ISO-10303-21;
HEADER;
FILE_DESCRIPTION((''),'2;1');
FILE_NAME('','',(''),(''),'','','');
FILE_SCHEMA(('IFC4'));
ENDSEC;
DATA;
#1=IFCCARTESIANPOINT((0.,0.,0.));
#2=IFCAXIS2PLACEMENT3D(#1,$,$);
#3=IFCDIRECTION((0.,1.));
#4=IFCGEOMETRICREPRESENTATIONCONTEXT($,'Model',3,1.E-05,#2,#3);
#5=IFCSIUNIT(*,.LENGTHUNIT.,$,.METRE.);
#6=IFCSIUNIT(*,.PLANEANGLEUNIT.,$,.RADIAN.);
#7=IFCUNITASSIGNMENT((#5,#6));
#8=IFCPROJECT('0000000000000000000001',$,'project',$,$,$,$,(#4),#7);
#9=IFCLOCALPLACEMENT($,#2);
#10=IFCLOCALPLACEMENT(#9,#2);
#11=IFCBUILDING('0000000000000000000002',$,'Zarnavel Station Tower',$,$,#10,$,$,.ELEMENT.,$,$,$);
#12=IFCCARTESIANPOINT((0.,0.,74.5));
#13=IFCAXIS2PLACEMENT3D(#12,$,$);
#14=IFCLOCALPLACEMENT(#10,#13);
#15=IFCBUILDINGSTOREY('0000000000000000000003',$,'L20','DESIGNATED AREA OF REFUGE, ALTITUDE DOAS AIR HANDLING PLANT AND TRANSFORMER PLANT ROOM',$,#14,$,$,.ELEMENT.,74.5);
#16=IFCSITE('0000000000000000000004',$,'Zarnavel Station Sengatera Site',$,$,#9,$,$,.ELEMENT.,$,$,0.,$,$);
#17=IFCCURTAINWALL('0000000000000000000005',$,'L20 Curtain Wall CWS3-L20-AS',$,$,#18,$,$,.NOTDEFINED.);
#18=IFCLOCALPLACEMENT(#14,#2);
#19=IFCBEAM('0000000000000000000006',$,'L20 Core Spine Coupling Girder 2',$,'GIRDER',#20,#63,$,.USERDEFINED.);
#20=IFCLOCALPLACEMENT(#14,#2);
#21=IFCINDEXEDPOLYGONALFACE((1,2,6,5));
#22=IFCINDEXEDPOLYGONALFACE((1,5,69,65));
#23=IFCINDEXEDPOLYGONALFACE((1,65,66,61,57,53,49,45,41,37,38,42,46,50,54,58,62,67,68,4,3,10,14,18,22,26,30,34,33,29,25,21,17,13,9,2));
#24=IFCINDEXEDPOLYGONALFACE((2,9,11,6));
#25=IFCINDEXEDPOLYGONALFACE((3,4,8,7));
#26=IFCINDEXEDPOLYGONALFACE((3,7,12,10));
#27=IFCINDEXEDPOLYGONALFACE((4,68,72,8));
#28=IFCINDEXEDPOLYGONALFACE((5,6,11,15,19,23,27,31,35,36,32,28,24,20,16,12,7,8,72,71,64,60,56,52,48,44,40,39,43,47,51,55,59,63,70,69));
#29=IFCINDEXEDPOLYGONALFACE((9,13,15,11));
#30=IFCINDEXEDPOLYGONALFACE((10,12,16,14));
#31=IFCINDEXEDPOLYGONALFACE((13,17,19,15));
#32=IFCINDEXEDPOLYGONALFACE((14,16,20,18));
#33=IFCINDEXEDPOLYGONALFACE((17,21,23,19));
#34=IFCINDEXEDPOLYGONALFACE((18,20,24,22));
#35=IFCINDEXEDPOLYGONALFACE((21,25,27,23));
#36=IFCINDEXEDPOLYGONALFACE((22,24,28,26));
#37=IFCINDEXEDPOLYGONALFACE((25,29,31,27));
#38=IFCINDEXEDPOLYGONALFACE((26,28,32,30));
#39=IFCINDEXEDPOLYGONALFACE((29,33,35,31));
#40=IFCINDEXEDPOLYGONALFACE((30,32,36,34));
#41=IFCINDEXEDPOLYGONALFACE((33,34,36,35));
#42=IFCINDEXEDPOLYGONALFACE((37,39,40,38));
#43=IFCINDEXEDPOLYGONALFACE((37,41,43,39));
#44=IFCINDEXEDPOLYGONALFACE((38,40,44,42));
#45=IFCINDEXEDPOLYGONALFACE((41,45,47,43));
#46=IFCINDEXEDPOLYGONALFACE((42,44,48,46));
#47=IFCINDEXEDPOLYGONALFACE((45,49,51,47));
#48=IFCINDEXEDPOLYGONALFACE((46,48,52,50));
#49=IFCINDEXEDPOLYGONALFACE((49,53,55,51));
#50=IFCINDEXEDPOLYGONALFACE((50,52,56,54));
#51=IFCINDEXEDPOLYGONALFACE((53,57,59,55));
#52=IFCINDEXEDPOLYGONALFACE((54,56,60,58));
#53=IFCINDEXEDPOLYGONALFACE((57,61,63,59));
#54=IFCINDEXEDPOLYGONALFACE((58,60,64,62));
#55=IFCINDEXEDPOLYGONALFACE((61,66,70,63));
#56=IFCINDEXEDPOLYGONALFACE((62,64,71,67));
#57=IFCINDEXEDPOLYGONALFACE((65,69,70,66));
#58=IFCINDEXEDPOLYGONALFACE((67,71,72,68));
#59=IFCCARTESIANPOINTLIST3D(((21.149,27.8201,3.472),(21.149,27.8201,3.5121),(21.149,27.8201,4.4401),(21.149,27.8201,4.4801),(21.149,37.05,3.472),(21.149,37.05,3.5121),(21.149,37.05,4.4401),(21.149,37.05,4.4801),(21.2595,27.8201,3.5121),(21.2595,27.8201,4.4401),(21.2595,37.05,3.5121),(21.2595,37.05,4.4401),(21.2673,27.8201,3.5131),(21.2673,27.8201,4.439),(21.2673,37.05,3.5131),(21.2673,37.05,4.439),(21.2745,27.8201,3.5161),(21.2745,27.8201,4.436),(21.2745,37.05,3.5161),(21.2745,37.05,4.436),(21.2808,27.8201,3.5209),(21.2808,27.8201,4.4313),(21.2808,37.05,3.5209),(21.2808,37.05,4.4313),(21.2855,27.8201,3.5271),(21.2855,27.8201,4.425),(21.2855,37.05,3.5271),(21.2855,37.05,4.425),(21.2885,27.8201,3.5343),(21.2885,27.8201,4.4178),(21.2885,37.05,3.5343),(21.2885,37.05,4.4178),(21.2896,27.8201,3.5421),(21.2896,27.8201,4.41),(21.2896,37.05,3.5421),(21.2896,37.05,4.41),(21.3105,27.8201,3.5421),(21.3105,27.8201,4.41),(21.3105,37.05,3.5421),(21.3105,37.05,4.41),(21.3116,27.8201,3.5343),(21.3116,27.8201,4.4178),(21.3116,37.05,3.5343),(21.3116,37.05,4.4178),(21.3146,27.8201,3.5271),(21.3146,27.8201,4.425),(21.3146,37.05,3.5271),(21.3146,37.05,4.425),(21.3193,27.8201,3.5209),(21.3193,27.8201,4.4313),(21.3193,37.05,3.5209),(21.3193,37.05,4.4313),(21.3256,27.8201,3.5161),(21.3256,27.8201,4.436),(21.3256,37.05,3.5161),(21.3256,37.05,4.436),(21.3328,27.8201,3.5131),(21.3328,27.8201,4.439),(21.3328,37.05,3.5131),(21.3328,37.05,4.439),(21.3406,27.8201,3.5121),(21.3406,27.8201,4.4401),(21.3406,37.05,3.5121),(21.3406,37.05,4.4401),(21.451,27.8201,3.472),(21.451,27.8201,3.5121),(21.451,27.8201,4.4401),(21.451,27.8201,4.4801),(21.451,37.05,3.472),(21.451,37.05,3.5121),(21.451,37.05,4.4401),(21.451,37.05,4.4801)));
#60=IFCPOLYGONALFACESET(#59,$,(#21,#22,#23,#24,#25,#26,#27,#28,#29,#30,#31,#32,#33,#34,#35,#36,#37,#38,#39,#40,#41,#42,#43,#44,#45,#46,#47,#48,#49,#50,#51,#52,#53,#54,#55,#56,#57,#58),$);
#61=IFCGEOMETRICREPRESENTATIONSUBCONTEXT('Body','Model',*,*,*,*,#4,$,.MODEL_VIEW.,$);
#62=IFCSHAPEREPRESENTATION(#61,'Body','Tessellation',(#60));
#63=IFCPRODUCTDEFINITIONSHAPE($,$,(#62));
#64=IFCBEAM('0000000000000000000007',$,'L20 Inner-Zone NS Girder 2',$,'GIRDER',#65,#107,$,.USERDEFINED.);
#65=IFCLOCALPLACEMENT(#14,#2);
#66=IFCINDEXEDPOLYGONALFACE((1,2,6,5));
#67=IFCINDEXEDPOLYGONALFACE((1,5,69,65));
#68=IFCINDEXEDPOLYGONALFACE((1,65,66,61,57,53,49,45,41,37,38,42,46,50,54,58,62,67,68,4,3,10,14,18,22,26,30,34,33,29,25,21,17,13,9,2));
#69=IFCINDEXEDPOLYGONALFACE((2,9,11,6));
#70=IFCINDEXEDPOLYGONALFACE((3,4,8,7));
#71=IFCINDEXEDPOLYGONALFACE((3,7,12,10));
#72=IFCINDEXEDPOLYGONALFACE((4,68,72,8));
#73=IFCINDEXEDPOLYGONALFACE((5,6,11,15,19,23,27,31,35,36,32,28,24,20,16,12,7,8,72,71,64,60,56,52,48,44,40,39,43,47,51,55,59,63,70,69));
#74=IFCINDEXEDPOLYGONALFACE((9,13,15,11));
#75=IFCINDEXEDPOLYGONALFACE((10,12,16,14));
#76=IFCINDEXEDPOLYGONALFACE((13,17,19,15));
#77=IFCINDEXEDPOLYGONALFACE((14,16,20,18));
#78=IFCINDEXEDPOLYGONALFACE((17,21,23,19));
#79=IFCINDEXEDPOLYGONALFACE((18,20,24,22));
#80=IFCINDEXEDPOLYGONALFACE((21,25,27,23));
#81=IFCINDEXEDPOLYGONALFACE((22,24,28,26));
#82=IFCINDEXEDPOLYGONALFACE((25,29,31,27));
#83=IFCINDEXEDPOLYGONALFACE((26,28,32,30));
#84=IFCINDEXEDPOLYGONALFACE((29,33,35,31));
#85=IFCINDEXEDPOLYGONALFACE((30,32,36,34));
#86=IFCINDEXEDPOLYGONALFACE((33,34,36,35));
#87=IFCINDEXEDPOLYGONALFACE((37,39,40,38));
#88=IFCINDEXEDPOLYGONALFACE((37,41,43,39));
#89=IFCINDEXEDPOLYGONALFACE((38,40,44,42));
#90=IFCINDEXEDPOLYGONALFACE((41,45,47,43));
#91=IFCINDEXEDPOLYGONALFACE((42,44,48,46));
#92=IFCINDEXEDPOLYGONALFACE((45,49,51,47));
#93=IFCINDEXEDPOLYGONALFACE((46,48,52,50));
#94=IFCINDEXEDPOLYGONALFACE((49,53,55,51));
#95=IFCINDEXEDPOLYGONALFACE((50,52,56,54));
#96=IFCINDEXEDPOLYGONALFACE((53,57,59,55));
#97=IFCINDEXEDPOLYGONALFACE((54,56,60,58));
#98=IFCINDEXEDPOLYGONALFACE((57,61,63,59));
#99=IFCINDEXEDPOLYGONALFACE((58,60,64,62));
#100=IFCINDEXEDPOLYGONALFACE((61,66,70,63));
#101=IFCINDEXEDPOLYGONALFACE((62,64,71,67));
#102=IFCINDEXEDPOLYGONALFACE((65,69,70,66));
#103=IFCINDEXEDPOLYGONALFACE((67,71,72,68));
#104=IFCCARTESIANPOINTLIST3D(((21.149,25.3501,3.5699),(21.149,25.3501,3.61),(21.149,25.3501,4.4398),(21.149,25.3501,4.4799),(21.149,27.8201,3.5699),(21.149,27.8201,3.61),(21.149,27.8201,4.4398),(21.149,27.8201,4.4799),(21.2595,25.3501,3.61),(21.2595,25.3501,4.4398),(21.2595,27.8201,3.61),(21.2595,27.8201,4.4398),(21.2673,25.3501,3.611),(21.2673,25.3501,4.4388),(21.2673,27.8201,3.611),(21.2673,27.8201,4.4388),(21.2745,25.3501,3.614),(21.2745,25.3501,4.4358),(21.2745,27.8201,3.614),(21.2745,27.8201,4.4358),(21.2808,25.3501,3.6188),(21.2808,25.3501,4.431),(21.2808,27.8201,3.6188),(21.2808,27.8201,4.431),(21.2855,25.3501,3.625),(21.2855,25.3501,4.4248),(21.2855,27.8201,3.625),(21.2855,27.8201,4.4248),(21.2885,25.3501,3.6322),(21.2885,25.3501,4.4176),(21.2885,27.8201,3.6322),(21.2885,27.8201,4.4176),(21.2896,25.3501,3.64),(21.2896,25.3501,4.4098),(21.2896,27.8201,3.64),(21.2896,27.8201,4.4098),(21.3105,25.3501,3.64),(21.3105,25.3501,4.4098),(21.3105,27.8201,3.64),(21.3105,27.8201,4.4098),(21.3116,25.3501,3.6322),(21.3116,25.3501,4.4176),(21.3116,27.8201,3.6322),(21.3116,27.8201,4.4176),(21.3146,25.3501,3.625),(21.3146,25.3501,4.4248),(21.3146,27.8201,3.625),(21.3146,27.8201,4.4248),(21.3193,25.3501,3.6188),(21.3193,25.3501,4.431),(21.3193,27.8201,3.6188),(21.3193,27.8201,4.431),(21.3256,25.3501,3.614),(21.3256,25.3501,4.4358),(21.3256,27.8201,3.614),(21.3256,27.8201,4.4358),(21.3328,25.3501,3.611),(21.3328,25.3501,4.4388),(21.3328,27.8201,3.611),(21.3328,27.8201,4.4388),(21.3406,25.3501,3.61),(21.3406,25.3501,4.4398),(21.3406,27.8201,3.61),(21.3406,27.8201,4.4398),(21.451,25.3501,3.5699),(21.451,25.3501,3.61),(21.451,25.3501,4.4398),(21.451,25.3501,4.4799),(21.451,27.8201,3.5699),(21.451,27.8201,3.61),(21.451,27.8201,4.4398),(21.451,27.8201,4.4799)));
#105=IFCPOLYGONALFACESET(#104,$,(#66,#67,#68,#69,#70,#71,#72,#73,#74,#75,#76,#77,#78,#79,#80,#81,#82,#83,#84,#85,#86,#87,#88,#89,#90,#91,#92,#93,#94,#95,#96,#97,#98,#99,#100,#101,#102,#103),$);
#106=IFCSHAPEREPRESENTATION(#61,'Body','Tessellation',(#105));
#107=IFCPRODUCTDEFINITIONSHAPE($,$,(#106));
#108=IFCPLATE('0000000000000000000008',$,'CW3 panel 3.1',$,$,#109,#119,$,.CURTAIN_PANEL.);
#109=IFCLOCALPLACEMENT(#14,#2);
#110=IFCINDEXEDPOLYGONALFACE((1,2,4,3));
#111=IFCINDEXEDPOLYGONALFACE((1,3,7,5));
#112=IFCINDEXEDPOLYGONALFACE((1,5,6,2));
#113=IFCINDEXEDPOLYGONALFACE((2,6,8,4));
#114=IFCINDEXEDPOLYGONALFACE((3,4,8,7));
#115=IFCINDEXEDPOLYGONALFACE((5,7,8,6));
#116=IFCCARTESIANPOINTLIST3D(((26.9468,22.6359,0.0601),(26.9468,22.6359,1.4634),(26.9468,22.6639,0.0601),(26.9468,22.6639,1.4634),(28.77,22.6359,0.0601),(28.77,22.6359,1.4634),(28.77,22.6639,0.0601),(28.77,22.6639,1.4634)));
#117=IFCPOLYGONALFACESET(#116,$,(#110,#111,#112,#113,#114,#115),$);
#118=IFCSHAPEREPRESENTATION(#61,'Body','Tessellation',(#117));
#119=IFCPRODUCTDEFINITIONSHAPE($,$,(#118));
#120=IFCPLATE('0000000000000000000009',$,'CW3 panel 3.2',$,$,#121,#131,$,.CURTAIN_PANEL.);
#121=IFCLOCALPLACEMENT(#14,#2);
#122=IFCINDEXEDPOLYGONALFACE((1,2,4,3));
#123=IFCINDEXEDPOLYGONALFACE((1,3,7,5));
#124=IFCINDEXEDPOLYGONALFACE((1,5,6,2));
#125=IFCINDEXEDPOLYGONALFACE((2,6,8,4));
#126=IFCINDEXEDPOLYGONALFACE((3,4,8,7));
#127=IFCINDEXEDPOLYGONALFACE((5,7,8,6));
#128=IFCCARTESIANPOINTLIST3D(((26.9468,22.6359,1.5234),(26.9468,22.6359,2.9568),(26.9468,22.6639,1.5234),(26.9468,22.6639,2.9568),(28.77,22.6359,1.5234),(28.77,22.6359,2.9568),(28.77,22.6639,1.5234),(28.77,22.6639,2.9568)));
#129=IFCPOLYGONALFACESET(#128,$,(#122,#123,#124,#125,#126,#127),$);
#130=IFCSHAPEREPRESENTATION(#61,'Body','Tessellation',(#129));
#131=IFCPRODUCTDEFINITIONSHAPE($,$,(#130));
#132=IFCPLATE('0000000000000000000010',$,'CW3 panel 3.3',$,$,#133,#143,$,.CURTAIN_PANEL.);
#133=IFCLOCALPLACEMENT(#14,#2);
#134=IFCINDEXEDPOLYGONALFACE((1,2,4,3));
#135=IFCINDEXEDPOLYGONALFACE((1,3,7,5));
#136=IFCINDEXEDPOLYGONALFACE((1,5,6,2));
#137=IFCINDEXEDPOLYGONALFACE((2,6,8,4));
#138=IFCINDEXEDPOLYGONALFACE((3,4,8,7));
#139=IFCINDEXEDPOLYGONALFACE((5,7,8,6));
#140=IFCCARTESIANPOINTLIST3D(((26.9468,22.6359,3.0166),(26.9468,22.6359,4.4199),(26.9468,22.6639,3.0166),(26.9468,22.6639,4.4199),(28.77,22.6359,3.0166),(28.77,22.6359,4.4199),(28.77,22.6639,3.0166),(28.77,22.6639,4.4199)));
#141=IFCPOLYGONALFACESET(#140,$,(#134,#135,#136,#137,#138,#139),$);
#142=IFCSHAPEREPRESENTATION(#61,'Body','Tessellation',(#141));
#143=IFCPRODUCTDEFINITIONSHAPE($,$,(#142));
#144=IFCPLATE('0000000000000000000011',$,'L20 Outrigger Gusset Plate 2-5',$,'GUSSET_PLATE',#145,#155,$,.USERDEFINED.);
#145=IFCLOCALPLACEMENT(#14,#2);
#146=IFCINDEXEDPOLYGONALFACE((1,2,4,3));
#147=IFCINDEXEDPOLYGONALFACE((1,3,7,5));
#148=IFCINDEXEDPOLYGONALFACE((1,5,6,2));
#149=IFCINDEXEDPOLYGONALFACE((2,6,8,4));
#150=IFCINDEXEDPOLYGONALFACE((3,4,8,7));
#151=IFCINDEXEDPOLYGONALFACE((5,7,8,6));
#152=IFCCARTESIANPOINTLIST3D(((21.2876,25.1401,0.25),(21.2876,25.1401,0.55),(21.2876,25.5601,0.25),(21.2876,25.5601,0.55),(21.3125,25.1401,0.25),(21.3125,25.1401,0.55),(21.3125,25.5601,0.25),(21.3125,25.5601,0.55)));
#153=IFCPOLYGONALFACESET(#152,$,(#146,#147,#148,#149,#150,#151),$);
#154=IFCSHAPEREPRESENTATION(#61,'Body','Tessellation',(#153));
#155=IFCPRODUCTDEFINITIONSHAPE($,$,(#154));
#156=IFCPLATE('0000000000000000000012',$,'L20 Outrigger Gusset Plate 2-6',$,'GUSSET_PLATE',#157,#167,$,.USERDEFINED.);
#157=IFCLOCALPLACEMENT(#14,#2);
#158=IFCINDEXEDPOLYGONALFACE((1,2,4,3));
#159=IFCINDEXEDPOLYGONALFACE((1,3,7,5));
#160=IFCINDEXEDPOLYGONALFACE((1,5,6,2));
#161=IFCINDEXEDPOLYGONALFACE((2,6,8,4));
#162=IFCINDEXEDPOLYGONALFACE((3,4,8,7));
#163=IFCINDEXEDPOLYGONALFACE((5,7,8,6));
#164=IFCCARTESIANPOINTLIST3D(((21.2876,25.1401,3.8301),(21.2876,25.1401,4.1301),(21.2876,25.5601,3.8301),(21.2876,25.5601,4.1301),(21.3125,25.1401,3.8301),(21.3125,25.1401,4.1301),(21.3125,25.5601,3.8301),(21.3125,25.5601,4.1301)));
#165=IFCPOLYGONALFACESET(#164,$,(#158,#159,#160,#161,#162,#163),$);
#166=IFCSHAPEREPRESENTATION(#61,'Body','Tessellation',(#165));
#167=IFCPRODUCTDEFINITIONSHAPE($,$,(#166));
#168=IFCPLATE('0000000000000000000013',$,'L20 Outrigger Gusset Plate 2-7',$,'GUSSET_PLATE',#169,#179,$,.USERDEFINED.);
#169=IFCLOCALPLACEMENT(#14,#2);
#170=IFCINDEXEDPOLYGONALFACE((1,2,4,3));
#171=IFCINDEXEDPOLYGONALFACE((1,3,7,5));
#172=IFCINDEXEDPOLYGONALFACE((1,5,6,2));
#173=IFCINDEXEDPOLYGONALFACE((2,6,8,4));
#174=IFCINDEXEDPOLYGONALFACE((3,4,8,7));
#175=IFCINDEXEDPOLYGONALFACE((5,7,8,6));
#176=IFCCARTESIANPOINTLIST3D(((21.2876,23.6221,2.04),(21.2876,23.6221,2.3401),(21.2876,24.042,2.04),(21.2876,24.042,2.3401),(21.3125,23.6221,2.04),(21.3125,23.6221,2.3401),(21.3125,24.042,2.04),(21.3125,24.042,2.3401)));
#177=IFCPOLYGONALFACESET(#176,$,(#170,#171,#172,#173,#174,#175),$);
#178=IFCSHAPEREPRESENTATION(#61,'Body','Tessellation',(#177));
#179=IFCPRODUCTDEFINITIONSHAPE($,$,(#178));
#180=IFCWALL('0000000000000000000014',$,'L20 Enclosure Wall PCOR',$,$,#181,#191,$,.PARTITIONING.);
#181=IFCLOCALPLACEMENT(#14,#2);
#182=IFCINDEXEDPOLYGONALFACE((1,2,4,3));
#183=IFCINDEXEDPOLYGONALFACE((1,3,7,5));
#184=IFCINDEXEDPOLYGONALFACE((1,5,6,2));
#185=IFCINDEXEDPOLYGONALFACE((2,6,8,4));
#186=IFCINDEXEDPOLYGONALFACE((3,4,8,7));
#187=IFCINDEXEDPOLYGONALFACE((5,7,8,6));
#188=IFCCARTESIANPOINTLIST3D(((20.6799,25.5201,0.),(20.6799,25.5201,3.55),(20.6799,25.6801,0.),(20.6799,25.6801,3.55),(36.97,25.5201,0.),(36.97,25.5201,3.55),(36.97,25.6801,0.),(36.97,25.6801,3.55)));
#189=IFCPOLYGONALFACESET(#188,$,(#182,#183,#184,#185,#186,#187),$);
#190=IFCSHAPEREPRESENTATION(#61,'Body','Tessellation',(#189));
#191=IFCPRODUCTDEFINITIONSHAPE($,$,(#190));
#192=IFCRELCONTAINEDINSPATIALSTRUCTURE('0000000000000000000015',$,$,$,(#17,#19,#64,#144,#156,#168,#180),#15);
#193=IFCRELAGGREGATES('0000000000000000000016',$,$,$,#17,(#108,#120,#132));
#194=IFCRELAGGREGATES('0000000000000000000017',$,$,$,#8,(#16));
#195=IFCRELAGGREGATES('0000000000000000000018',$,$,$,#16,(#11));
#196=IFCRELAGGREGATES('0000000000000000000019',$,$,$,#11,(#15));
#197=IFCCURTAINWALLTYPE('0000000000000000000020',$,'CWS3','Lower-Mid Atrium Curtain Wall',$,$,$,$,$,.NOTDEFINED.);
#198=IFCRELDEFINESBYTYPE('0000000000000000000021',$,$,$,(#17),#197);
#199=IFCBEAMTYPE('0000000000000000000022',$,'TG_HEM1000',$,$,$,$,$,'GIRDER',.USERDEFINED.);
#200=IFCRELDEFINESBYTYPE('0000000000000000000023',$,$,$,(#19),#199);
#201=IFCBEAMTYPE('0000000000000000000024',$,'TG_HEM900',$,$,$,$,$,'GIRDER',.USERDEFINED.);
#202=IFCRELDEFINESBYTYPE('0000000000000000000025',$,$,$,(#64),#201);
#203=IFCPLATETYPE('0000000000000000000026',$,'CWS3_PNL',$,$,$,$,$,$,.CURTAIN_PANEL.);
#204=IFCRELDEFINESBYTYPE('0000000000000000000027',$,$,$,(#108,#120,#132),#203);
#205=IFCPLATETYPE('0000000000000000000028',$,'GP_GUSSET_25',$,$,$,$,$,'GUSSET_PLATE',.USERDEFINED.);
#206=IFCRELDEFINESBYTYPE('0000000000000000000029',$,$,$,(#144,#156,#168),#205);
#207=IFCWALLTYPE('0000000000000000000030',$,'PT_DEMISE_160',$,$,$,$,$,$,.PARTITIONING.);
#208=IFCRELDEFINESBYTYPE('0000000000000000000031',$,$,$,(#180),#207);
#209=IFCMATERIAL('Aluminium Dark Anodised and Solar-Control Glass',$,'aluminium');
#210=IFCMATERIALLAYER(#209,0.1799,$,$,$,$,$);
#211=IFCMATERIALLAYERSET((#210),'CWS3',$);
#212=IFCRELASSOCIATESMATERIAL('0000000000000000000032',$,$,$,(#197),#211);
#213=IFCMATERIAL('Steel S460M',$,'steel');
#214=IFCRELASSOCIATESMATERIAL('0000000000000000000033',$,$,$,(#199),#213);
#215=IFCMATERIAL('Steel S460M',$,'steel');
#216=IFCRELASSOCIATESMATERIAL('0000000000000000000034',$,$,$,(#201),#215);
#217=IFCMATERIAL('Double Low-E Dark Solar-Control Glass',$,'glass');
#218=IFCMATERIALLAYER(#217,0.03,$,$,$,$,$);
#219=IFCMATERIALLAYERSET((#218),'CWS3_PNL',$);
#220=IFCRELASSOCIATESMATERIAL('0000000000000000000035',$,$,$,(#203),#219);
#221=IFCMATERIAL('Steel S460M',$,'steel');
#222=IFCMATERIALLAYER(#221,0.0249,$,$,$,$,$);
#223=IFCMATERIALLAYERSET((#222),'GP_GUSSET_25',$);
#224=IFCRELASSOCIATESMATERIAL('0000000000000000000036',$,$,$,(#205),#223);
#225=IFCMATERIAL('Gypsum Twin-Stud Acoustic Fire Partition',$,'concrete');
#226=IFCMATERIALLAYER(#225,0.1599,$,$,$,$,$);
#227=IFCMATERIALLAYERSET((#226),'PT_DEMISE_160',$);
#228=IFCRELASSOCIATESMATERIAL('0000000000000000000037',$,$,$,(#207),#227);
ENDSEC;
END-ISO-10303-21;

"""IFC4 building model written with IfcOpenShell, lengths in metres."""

from ifc_helpers import new_model, si_unit, direction, frame, frame_2d, origin, origin_2d, place, context, subcontext, project, spatial, rectangle, i_section, extrude, material, layer, layer_set, material_profile, profile_set, type_object, element, aggregate, save


model = new_model("IFC4")

# Units and contexts
model_context = context("Model", 3, precision=1e-05, world=origin(), true_north=direction((0.0, 1.0)))
body_context = subcontext(model_context, "Body", "Model", "MODEL_VIEW")
ifc_project = project(units=[si_unit("LENGTHUNIT", "METRE"), si_unit("PLANEANGLEUNIT", "RADIAN")], contexts=[model_context])

# Site, building, storey
site_placement = place(None, origin())
site = spatial("IfcSite", under=ifc_project, at=site_placement, Name="Zarnavel Station Sengatera Site", CompositionType="ELEMENT", RefElevation=0.0)
building_placement = place(site_placement, origin())
building = spatial("IfcBuilding", under=site, at=building_placement, Name="Zarnavel Station Tower", CompositionType="ELEMENT")
storey_placement = place(building_placement, frame((0.0, 0.0, 74.5)))
storey = spatial("IfcBuildingStorey", under=building, at=storey_placement, Name="L20", Description="DESIGNATED AREA OF REFUGE, ALTITUDE DOAS AIR HANDLING PLANT AND TRANSFORMER PLANT ROOM", CompositionType="ELEMENT", Elevation=74.5)

# Curtain wall
ifc_material_1 = material(Name="Aluminium Dark Anodised and Solar-Control Glass", Category="aluminium")
ifc_layer_1 = layer(ifc_material_1, 0.1799)
ifc_layer_set_1 = layer_set([ifc_layer_1], Name="CWS3")
curtain_wall_type = type_object("IfcCurtainWallType", Name="CWS3", Description="Lower-Mid Atrium Curtain Wall", PredefinedType="NOTDEFINED", material=ifc_layer_set_1)
curtain_wall_placement = place(storey_placement, origin())
curtain_wall = element("IfcCurtainWall", 1, at=curtain_wall_placement, inside=storey, type_object=curtain_wall_type, Name="L20 Curtain Wall CWS3-L20-AS", PredefinedType="NOTDEFINED")

# Beams
ifc_material_2 = material(Name="Steel S460M", Category="steel")
ifc_material_profile_1 = material_profile(ifc_material_2, i_section(OverallWidth=0.302, OverallDepth=1.0081, WebThickness=0.021, FlangeThickness=0.04, FilletRadius=0.03, at=origin_2d()), Name="HEM1000")
ifc_profile_set_1 = profile_set([ifc_material_profile_1], Name="Steel S460M")
beam_type_1 = type_object("IfcBeamType", Name="TG_HEM1000", ElementType="GIRDER", PredefinedType="USERDEFINED", material=ifc_profile_set_1)
beam_1_placement = place(storey_placement, frame((21.3, 27.8201, 3.9761), z_axis=(0.0, 1.0, 0.0), x_axis=(-1.0, 0.0, 0.0)))
element("IfcBeam", 2, at=beam_1_placement, inside=storey, type_object=beam_type_1, Name="L20 Core Spine Coupling Girder 2", ObjectType="GIRDER", PredefinedType="USERDEFINED", context=body_context, shape_type="SweptSolid", body=[
    extrude(i_section(OverallWidth=0.302, OverallDepth=1.0081, WebThickness=0.021, FlangeThickness=0.04, FilletRadius=0.03, at=origin_2d()), origin(), (0.0, 0.0, 1.0), 9.23),
])
ifc_material_3 = material(Name="Steel S460M", Category="steel")
ifc_material_profile_2 = material_profile(ifc_material_3, i_section(OverallWidth=0.302, OverallDepth=0.9099, WebThickness=0.021, FlangeThickness=0.04, FilletRadius=0.03, at=origin_2d()), Name="HEM900")
ifc_profile_set_2 = profile_set([ifc_material_profile_2], Name="Steel S460M")
beam_type_2 = type_object("IfcBeamType", Name="TG_HEM900", ElementType="GIRDER", PredefinedType="USERDEFINED", material=ifc_profile_set_2)
beam_2_placement = place(storey_placement, frame((21.3, 25.3501, 4.0249), z_axis=(0.0, 1.0, 0.0), x_axis=(-1.0, 0.0, 0.0)))
element("IfcBeam", 3, at=beam_2_placement, inside=storey, type_object=beam_type_2, Name="L20 Inner-Zone NS Girder 2", ObjectType="GIRDER", PredefinedType="USERDEFINED", context=body_context, shape_type="SweptSolid", body=[
    extrude(i_section(OverallWidth=0.302, OverallDepth=0.9099, WebThickness=0.021, FlangeThickness=0.04, FilletRadius=0.03, at=origin_2d()), origin(), (0.0, 0.0, 1.0), 2.47),
])

# Plates
ifc_material_4 = material(Name="Double Low-E Dark Solar-Control Glass", Category="glass")
ifc_layer_2 = layer(ifc_material_4, 0.03)
ifc_layer_set_2 = layer_set([ifc_layer_2], Name="CWS3_PNL")
plate_type_1 = type_object("IfcPlateType", Name="CWS3_PNL", PredefinedType="CURTAIN_PANEL", material=ifc_layer_set_2)
plate_1_placement = place(storey_placement, frame((27.8584, 22.6499, 0.0601), z_axis=(0.0, 0.0, 1.0), x_axis=(1.0, 0.0, 0.0)))
plate_1 = element("IfcPlate", 4, at=plate_1_placement, type_object=plate_type_1, Name="CW3 panel 3.1", PredefinedType="CURTAIN_PANEL", context=body_context, shape_type="SweptSolid", body=[
    extrude(rectangle(XDim=1.8232, YDim=0.0281, at=origin_2d()), origin(), (0.0, 0.0, 1.0), 1.4033),
])
plate_2_placement = place(storey_placement, frame((27.8584, 22.6499, 1.5234), z_axis=(0.0, 0.0, 1.0), x_axis=(1.0, 0.0, 0.0)))
plate_2 = element("IfcPlate", 5, at=plate_2_placement, type_object=plate_type_1, Name="CW3 panel 3.2", PredefinedType="CURTAIN_PANEL", context=body_context, shape_type="SweptSolid", body=[
    extrude(rectangle(XDim=1.8232, YDim=0.0281, at=origin_2d()), origin(), (0.0, 0.0, 1.0), 1.4333),
])
plate_3_placement = place(storey_placement, frame((27.8584, 22.6499, 3.0166), z_axis=(0.0, 0.0, 1.0), x_axis=(1.0, 0.0, 0.0)))
plate_3 = element("IfcPlate", 6, at=plate_3_placement, type_object=plate_type_1, Name="CW3 panel 3.3", PredefinedType="CURTAIN_PANEL", context=body_context, shape_type="SweptSolid", body=[
    extrude(rectangle(XDim=1.8232, YDim=0.0281, at=origin_2d()), origin(), (0.0, 0.0, 1.0), 1.4033),
])
aggregate(curtain_wall, [plate_1, plate_2, plate_3])

# Plates
ifc_material_5 = material(Name="Steel S460M", Category="steel")
ifc_layer_3 = layer(ifc_material_5, 0.0249)
ifc_layer_set_3 = layer_set([ifc_layer_3], Name="GP_GUSSET_25")
plate_type_2 = type_object("IfcPlateType", Name="GP_GUSSET_25", ElementType="GUSSET_PLATE", PredefinedType="USERDEFINED", material=ifc_layer_set_3)
for number, where, z_axis, x_axis, name in (
    (7, (21.3, 25.3501, 0.25), (0.0, 0.0, 1.0), (1.0, 0.0, 0.0), "L20 Outrigger Gusset Plate 2-5"),
    (8, (21.3, 25.3501, 3.8301), (0.0, 0.0, 1.0), (1.0, 0.0, 0.0), "L20 Outrigger Gusset Plate 2-6"),
    (9, (21.3, 23.832, 2.04), (0.0, 0.0, 1.0), (1.0, 0.0, 0.0), "L20 Outrigger Gusset Plate 2-7"),
):
    element("IfcPlate", number, at=place(storey_placement, frame(where, z_axis=z_axis, x_axis=x_axis)), inside=storey, type_object=plate_type_2, Name=name, ObjectType="GUSSET_PLATE", PredefinedType="USERDEFINED", context=body_context, shape_type="SweptSolid", body=[
        extrude(rectangle(XDim=0.0249, YDim=0.4199, at=origin_2d()), origin(), (0.0, 0.0, 1.0), 0.3),
    ])

# Wall
ifc_material_6 = material(Name="Gypsum Twin-Stud Acoustic Fire Partition", Category="concrete")
ifc_layer_4 = layer(ifc_material_6, 0.1599)
ifc_layer_set_4 = layer_set([ifc_layer_4], Name="PT_DEMISE_160")
wall_type_1 = type_object("IfcWallType", Name="PT_DEMISE_160", PredefinedType="PARTITIONING", material=ifc_layer_set_4)
wall_1_placement = place(storey_placement, frame((20.6799, 25.6001, 0.0), z_axis=(0.0, 0.0, 1.0), x_axis=(1.0, 0.0, 0.0)))
element("IfcWall", 10, at=wall_1_placement, inside=storey, type_object=wall_type_1, Name="L20 Enclosure Wall PCOR", PredefinedType="PARTITIONING", context=body_context, shape_type="SweptSolid", body=[
    extrude(rectangle(XDim=16.29, YDim=0.1599, at=frame_2d((8.145, 0.0))), origin(), (0.0, 0.0, 1.0), 3.55),
])

save(model, "model.ifc")
